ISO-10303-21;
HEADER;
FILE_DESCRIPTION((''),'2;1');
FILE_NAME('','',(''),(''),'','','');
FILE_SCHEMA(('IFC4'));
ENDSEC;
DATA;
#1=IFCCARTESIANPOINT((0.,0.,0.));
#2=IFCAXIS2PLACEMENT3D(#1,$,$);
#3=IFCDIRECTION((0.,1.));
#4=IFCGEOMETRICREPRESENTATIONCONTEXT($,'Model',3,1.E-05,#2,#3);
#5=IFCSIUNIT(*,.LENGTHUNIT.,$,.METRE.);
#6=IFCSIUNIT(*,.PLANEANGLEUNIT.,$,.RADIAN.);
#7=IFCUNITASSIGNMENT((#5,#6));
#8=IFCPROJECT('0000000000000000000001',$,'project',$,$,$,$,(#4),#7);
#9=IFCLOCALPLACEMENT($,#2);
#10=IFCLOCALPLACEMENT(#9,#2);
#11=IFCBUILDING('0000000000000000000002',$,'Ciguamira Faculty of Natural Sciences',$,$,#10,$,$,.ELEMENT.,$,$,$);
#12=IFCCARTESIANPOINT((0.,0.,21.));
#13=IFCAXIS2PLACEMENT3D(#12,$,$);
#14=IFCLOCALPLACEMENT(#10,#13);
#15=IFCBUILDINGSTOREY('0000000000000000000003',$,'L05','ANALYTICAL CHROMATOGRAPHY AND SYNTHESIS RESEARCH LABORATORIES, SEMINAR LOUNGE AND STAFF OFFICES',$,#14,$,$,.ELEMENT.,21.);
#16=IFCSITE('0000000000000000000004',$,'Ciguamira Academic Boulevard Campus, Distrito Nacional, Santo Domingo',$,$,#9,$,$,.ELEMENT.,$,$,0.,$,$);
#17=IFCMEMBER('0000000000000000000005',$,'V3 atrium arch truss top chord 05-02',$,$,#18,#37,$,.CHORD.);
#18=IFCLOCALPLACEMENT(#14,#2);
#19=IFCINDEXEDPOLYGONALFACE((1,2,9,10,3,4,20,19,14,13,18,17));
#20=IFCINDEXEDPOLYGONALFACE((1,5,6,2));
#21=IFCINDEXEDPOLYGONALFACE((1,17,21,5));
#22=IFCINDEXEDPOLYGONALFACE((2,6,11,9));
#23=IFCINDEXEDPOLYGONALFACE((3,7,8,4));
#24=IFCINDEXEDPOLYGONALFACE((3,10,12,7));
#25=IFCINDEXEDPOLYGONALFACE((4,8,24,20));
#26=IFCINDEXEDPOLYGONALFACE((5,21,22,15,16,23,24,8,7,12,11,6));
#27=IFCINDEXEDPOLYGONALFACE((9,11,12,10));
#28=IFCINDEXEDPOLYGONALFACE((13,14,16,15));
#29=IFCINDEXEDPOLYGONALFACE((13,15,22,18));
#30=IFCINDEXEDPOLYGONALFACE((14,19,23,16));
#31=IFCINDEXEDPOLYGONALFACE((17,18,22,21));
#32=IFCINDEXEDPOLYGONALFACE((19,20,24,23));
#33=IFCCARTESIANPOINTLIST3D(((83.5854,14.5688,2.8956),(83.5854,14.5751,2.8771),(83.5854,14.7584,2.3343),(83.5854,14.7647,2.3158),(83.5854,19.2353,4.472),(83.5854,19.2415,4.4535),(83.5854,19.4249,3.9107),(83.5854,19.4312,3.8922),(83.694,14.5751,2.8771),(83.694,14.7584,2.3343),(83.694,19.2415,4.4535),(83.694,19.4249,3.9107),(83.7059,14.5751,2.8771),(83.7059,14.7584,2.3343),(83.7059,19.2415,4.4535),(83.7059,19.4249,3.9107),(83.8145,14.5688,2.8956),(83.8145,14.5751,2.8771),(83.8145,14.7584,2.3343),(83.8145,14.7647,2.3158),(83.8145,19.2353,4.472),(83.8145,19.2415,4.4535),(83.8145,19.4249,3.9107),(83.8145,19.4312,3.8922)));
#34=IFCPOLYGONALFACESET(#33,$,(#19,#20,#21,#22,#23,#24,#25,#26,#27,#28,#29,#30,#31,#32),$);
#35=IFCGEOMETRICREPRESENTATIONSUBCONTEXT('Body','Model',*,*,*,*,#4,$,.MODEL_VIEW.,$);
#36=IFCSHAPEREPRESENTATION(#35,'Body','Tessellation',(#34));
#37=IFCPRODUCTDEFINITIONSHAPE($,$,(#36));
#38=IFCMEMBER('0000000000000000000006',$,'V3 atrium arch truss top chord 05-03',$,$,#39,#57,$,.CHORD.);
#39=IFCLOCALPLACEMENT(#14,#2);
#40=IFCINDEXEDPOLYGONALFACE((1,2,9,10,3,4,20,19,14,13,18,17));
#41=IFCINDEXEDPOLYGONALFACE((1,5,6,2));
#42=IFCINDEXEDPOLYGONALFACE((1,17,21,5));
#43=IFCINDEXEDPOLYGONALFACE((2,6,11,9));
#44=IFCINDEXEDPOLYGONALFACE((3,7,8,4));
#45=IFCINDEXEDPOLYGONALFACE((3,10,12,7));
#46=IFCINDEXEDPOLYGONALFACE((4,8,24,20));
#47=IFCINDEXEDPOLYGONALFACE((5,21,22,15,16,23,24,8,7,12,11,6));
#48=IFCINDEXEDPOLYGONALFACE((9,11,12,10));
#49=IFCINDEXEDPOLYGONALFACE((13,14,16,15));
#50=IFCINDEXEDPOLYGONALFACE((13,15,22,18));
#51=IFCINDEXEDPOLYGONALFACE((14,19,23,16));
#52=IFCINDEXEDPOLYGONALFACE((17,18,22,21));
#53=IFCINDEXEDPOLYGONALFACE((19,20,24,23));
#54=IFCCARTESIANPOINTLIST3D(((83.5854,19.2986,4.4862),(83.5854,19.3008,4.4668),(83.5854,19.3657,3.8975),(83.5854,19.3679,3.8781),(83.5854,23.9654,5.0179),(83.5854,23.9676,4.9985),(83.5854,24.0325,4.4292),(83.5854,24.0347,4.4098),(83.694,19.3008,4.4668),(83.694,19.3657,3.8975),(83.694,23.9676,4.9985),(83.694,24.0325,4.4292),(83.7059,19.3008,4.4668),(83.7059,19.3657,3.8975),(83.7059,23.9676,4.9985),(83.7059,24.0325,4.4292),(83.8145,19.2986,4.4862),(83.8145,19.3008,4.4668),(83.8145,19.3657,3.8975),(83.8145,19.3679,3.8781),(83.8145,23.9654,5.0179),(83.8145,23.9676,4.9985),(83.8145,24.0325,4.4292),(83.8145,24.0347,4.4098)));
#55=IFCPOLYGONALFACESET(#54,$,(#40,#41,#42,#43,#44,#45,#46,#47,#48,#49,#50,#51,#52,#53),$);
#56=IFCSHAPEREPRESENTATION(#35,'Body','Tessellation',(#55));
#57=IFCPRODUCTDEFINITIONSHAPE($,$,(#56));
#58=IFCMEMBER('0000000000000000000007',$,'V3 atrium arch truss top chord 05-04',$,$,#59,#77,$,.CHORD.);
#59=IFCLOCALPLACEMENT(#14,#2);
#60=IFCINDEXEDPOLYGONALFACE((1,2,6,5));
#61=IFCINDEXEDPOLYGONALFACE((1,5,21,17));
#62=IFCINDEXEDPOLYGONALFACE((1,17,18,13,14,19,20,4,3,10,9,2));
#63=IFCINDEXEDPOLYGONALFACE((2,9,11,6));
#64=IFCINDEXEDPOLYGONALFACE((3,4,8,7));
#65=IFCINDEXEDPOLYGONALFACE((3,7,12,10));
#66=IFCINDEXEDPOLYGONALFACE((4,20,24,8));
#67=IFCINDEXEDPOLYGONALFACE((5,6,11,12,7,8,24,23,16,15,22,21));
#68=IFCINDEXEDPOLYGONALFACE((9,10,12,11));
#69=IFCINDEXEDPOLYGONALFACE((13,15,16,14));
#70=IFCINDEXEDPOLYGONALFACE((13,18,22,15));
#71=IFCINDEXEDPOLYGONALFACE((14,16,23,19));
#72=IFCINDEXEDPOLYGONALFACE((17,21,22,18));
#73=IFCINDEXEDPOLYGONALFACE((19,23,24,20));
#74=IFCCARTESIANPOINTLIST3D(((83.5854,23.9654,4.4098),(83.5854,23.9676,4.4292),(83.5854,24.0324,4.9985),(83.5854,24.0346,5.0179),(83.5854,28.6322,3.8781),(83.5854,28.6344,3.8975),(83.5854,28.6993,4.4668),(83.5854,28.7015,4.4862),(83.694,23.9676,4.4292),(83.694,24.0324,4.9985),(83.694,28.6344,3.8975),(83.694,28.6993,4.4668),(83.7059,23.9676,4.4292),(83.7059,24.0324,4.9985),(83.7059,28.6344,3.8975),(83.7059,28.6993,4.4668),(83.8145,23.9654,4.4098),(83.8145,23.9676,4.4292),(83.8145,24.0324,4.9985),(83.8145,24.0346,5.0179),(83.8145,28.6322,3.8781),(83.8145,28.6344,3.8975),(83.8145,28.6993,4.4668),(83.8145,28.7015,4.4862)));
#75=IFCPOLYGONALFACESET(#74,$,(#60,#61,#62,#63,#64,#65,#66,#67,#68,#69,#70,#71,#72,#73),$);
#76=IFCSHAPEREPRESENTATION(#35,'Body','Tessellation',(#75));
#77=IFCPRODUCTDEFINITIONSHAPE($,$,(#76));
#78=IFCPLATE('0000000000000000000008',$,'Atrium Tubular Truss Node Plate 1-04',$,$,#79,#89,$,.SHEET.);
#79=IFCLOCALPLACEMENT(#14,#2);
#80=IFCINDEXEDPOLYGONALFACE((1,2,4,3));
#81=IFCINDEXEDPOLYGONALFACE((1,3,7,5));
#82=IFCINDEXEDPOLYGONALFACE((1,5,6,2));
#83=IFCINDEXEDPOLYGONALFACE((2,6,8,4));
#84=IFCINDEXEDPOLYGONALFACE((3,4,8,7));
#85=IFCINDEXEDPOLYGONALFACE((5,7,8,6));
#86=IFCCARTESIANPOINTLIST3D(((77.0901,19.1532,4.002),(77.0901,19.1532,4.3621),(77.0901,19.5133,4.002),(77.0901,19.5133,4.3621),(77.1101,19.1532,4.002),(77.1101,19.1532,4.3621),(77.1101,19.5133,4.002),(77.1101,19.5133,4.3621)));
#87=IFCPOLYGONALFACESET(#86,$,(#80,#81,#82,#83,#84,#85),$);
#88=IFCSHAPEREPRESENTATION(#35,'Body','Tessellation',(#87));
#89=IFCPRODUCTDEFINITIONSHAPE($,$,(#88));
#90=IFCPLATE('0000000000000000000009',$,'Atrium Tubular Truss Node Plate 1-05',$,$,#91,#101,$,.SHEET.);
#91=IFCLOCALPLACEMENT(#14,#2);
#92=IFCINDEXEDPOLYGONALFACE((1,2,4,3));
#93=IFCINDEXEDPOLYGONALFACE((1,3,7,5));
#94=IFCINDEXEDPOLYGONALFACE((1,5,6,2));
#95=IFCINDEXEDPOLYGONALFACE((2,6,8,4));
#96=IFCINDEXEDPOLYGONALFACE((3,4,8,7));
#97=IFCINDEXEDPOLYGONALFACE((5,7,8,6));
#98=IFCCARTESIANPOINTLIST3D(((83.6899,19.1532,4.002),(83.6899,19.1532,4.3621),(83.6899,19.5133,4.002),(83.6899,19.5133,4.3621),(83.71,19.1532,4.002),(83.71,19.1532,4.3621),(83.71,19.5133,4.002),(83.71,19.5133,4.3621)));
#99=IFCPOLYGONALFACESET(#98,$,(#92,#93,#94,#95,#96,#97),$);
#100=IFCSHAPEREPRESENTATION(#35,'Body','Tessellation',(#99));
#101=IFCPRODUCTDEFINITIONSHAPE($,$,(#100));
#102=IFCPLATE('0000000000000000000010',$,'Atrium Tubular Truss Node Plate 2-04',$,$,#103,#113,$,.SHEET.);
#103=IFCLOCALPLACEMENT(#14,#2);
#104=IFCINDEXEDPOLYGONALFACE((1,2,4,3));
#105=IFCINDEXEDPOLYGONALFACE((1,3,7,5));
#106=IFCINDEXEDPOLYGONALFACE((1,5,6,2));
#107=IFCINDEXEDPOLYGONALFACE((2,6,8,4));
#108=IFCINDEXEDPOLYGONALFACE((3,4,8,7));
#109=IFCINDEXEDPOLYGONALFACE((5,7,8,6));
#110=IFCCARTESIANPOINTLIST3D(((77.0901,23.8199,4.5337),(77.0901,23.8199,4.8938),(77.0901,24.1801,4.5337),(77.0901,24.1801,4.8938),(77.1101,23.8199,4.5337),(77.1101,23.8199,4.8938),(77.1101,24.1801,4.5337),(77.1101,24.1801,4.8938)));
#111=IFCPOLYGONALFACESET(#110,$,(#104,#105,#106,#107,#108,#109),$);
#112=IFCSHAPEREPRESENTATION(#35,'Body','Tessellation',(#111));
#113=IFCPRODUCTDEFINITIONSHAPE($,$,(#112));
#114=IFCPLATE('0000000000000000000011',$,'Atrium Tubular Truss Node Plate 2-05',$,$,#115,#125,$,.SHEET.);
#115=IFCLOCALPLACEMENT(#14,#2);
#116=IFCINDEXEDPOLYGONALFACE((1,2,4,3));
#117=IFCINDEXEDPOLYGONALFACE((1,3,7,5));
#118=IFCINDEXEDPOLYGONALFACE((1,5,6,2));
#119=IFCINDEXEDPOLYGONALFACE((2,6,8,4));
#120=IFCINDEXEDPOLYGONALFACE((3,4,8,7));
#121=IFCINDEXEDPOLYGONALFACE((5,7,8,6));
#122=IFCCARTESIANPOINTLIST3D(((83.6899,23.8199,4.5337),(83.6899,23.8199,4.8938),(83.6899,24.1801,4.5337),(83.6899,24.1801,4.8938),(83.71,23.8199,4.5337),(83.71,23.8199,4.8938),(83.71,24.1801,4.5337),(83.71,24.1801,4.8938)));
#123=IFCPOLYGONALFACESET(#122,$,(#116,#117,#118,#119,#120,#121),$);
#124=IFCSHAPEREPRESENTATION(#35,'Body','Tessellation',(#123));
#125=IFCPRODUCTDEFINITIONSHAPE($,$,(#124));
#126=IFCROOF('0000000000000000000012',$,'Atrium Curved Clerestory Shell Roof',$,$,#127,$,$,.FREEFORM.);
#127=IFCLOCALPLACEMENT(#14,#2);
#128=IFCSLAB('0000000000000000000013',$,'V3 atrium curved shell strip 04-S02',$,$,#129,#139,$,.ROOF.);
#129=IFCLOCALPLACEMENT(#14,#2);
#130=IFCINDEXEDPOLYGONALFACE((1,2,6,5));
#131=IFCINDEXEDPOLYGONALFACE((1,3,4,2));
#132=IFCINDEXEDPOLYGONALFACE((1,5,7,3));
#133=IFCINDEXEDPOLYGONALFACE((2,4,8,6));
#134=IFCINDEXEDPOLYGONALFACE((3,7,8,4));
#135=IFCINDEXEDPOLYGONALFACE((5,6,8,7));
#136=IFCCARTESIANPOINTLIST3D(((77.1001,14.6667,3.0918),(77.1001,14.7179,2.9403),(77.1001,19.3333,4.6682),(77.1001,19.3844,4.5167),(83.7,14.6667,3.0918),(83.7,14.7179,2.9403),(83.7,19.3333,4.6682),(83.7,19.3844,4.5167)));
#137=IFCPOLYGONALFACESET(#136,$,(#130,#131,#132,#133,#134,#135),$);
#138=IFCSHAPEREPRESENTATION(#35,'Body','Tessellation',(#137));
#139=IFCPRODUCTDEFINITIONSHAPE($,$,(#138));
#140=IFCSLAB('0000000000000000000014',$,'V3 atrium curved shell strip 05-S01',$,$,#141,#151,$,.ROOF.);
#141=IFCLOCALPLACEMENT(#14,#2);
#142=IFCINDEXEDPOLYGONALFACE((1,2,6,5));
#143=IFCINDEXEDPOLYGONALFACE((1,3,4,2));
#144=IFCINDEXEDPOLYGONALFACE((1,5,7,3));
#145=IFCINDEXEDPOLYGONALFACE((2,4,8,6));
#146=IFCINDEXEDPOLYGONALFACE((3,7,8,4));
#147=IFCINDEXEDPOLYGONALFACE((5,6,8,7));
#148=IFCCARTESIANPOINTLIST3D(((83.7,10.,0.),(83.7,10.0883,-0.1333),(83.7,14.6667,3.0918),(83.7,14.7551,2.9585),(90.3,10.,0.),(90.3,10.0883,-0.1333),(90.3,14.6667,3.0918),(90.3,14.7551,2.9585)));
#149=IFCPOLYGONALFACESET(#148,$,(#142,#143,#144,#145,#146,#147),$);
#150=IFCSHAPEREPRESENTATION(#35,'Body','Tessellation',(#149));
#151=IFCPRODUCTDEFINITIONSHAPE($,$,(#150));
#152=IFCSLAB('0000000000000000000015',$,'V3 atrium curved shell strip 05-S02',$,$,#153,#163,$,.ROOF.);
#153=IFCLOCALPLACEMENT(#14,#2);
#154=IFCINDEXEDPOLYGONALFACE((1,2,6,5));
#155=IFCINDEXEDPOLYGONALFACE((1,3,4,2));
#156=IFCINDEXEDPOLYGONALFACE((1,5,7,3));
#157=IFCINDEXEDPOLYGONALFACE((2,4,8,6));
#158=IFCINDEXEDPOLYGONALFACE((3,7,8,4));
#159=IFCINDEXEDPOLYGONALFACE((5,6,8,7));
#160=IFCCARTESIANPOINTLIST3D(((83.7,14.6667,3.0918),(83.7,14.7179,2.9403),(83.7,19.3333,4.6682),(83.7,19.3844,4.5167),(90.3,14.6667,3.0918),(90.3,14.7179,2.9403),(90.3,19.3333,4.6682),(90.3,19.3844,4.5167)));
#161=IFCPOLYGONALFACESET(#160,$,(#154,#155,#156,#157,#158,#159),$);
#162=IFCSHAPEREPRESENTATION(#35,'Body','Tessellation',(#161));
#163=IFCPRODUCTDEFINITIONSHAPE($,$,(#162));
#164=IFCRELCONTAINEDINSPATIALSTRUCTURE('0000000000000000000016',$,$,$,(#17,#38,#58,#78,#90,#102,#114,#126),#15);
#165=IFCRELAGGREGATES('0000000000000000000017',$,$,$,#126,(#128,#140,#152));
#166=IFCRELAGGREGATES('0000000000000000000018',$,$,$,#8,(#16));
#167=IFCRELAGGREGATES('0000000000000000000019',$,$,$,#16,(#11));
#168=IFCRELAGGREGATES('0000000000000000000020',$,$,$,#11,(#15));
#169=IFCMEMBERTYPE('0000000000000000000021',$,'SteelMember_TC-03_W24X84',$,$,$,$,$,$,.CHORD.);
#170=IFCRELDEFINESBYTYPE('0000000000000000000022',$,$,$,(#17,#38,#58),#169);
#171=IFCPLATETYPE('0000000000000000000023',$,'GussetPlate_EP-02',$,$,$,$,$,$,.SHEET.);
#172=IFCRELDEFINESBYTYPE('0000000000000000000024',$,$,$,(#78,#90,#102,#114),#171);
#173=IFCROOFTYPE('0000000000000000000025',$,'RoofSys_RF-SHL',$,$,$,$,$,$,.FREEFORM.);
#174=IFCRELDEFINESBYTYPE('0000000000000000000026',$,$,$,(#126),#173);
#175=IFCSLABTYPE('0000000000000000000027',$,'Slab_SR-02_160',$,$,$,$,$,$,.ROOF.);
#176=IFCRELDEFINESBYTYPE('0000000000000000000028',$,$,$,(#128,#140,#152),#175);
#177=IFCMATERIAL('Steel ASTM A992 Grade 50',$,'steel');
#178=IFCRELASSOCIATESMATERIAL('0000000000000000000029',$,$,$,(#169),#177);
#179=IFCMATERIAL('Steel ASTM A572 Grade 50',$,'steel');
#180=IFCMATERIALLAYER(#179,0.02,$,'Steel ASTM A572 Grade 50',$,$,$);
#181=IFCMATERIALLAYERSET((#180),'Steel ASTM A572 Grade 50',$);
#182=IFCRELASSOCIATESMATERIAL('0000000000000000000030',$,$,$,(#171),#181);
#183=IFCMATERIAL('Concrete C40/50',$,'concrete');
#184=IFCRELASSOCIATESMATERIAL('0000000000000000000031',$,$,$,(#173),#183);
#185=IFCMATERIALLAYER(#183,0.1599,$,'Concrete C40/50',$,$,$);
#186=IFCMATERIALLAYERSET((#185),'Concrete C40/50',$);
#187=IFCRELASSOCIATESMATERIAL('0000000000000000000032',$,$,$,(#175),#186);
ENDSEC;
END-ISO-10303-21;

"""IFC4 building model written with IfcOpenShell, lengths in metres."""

from ifc_helpers import new_model, si_unit, direction, frame, origin, origin_2d, place, context, subcontext, project, spatial, polyline, rectangle, i_section, outline, extrude, material, layer, layer_set, material_profile, profile_set, type_object, element, aggregate, save


model = new_model("IFC4")

# Units and contexts
model_context = context("Model", 3, precision=1e-05, world=origin(), true_north=direction((0.0, 1.0)))
body_context = subcontext(model_context, "Body", "Model", "MODEL_VIEW")
ifc_project = project(units=[si_unit("LENGTHUNIT", "METRE"), si_unit("PLANEANGLEUNIT", "RADIAN")], contexts=[model_context])

# Site, building, storey
site_placement = place(None, origin())
site = spatial("IfcSite", under=ifc_project, at=site_placement, Name="Ciguamira Academic Boulevard Campus, Distrito Nacional, Santo Domingo", CompositionType="ELEMENT", RefElevation=0.0)
building_placement = place(site_placement, origin())
building = spatial("IfcBuilding", under=site, at=building_placement, Name="Ciguamira Faculty of Natural Sciences", CompositionType="ELEMENT")
storey_placement = place(building_placement, frame((0.0, 0.0, 21.0)))
storey = spatial("IfcBuildingStorey", under=building, at=storey_placement, Name="L05", Description="ANALYTICAL CHROMATOGRAPHY AND SYNTHESIS RESEARCH LABORATORIES, SEMINAR LOUNGE AND STAFF OFFICES", CompositionType="ELEMENT", Elevation=21.0)

# Shared definitions
ifc_material_1 = material(Name="Concrete C40/50", Category="concrete")
ifc_material_2 = material(Name="Steel ASTM A992 Grade 50", Category="steel")

# Members
ifc_material_profile_1 = material_profile(ifc_material_2, i_section(OverallWidth=0.229, OverallDepth=0.6121, WebThickness=0.012, FlangeThickness=0.0195, at=origin_2d()), Name="W24X84")
ifc_profile_set_1 = profile_set([ifc_material_profile_1], Name="Steel ASTM A992 Grade 50")
member_type_1 = type_object("IfcMemberType", Name="SteelMember_TC-03_W24X84", PredefinedType="CHORD", material=ifc_profile_set_1)
member_1_placement = place(storey_placement, frame((83.7, 14.6667, 2.6057), z_axis=(0.0, 0.947402, 0.320047), x_axis=(-1.0, 0.0, 0.0)))
element("IfcMember", 1, at=member_1_placement, inside=storey, type_object=member_type_1, Name="V3 atrium arch truss top chord 05-02", PredefinedType="CHORD", context=body_context, shape_type="SweptSolid", body=[
    extrude(i_section(OverallWidth=0.229, OverallDepth=0.6121, WebThickness=0.012, FlangeThickness=0.0195, at=origin_2d()), origin(), (0.0, 0.0, 1.0), 4.9255),
])
for number, where, z_axis, x_axis, name in (
    (2, (83.7, 19.3333, 4.1821), (0.0, 0.993571, 0.113209), (-1.0, 0.0, 0.0), "V3 atrium arch truss top chord 05-03"),
    (3, (83.7, 24.0, 4.7139), (0.0, 0.993571, -0.113209), (-1.0, 0.0, 0.0), "V3 atrium arch truss top chord 05-04"),
):
    element("IfcMember", number, at=place(storey_placement, frame(where, z_axis=z_axis, x_axis=x_axis)), inside=storey, type_object=member_type_1, Name=name, PredefinedType="CHORD", context=body_context, shape_type="SweptSolid", body=[
        extrude(i_section(OverallWidth=0.229, OverallDepth=0.6121, WebThickness=0.012, FlangeThickness=0.0195, at=origin_2d()), origin(), (0.0, 0.0, 1.0), 4.697),
    ])

# Plates
ifc_material_3 = material(Name="Steel ASTM A572 Grade 50", Category="steel")
ifc_layer_1 = layer(ifc_material_3, 0.02, Name="Steel ASTM A572 Grade 50")
ifc_layer_set_1 = layer_set([ifc_layer_1], Name="Steel ASTM A572 Grade 50")
plate_type = type_object("IfcPlateType", Name="GussetPlate_EP-02", PredefinedType="SHEET", material=ifc_layer_set_1)
for number, where, z_axis, x_axis, name in (
    (4, (77.1001, 19.3333, 4.002), (0.0, 0.0, 1.0), (1.0, 0.0, 0.0), "Atrium Tubular Truss Node Plate 1-04"),
    (5, (83.7, 19.3333, 4.002), (0.0, 0.0, 1.0), (1.0, 0.0, 0.0), "Atrium Tubular Truss Node Plate 1-05"),
    (6, (77.1001, 24.0, 4.5337), (0.0, 0.0, 1.0), (1.0, 0.0, 0.0), "Atrium Tubular Truss Node Plate 2-04"),
    (7, (83.7, 24.0, 4.5337), (0.0, 0.0, 1.0), (1.0, 0.0, 0.0), "Atrium Tubular Truss Node Plate 2-05"),
):
    element("IfcPlate", number, at=place(storey_placement, frame(where, z_axis=z_axis, x_axis=x_axis)), inside=storey, type_object=plate_type, Name=name, PredefinedType="SHEET", context=body_context, shape_type="SweptSolid", body=[
        extrude(rectangle(XDim=0.02, YDim=0.3601, at=origin_2d()), origin(), (0.0, 0.0, 1.0), 0.3601),
    ])

# Roof, slabs
roof_type = type_object("IfcRoofType", Name="RoofSys_RF-SHL", PredefinedType="FREEFORM", material=ifc_material_1)
roof_placement = place(storey_placement, origin())
roof = element("IfcRoof", 8, at=roof_placement, inside=storey, type_object=roof_type, Name="Atrium Curved Clerestory Shell Roof", PredefinedType="FREEFORM")
ifc_layer_2 = layer(ifc_material_1, 0.1599, Name="Concrete C40/50")
ifc_layer_set_2 = layer_set([ifc_layer_2], Name="Concrete C40/50")
slab_type = type_object("IfcSlabType", Name="Slab_SR-02_160", PredefinedType="ROOF", material=ifc_layer_set_2)
slab_1_placement = place(storey_placement, frame((77.1001, 14.6667, 3.0918), z_axis=(0.0, -0.320047, 0.947402), x_axis=(1.0, 0.0, 0.0)))
slab_1 = element("IfcSlab", 9, at=slab_1_placement, type_object=slab_type, Name="V3 atrium curved shell strip 04-S02", PredefinedType="ROOF", context=body_context, shape_type="SweptSolid", body=[
    extrude(outline(polyline([(0.0, 0.0), (6.5999, 0.0), (6.5999, 4.9256), (0.0, 4.9256), (0.0, 0.0)])), origin(), (0.0, 0.0, -1.0), 0.1599),
])
slab_2_placement = place(storey_placement, frame((83.7, 10.0, 0.0), z_axis=(0.0, -0.552303, 0.833644), x_axis=(1.0, 0.0, 0.0)))
slab_2 = element("IfcSlab", 10, at=slab_2_placement, type_object=slab_type, Name="V3 atrium curved shell strip 05-S01", PredefinedType="ROOF", context=body_context, shape_type="SweptSolid", body=[
    extrude(outline(polyline([(0.0, 0.0), (6.6001, 0.0), (6.6001, 5.598), (0.0, 5.598), (0.0, 0.0)])), origin(), (0.0, 0.0, -1.0), 0.1599),
])
slab_3_placement = place(storey_placement, frame((83.7, 14.6667, 3.0918), z_axis=(0.0, -0.320047, 0.947402), x_axis=(1.0, 0.0, 0.0)))
slab_3 = element("IfcSlab", 11, at=slab_3_placement, type_object=slab_type, Name="V3 atrium curved shell strip 05-S02", PredefinedType="ROOF", context=body_context, shape_type="SweptSolid", body=[
    extrude(outline(polyline([(0.0, 0.0), (6.6001, 0.0), (6.6001, 4.9256), (0.0, 4.9256), (0.0, 0.0)])), origin(), (0.0, 0.0, -1.0), 0.1599),
])
aggregate(roof, [slab_1, slab_2, slab_3])

save(model, "model.ifc")
